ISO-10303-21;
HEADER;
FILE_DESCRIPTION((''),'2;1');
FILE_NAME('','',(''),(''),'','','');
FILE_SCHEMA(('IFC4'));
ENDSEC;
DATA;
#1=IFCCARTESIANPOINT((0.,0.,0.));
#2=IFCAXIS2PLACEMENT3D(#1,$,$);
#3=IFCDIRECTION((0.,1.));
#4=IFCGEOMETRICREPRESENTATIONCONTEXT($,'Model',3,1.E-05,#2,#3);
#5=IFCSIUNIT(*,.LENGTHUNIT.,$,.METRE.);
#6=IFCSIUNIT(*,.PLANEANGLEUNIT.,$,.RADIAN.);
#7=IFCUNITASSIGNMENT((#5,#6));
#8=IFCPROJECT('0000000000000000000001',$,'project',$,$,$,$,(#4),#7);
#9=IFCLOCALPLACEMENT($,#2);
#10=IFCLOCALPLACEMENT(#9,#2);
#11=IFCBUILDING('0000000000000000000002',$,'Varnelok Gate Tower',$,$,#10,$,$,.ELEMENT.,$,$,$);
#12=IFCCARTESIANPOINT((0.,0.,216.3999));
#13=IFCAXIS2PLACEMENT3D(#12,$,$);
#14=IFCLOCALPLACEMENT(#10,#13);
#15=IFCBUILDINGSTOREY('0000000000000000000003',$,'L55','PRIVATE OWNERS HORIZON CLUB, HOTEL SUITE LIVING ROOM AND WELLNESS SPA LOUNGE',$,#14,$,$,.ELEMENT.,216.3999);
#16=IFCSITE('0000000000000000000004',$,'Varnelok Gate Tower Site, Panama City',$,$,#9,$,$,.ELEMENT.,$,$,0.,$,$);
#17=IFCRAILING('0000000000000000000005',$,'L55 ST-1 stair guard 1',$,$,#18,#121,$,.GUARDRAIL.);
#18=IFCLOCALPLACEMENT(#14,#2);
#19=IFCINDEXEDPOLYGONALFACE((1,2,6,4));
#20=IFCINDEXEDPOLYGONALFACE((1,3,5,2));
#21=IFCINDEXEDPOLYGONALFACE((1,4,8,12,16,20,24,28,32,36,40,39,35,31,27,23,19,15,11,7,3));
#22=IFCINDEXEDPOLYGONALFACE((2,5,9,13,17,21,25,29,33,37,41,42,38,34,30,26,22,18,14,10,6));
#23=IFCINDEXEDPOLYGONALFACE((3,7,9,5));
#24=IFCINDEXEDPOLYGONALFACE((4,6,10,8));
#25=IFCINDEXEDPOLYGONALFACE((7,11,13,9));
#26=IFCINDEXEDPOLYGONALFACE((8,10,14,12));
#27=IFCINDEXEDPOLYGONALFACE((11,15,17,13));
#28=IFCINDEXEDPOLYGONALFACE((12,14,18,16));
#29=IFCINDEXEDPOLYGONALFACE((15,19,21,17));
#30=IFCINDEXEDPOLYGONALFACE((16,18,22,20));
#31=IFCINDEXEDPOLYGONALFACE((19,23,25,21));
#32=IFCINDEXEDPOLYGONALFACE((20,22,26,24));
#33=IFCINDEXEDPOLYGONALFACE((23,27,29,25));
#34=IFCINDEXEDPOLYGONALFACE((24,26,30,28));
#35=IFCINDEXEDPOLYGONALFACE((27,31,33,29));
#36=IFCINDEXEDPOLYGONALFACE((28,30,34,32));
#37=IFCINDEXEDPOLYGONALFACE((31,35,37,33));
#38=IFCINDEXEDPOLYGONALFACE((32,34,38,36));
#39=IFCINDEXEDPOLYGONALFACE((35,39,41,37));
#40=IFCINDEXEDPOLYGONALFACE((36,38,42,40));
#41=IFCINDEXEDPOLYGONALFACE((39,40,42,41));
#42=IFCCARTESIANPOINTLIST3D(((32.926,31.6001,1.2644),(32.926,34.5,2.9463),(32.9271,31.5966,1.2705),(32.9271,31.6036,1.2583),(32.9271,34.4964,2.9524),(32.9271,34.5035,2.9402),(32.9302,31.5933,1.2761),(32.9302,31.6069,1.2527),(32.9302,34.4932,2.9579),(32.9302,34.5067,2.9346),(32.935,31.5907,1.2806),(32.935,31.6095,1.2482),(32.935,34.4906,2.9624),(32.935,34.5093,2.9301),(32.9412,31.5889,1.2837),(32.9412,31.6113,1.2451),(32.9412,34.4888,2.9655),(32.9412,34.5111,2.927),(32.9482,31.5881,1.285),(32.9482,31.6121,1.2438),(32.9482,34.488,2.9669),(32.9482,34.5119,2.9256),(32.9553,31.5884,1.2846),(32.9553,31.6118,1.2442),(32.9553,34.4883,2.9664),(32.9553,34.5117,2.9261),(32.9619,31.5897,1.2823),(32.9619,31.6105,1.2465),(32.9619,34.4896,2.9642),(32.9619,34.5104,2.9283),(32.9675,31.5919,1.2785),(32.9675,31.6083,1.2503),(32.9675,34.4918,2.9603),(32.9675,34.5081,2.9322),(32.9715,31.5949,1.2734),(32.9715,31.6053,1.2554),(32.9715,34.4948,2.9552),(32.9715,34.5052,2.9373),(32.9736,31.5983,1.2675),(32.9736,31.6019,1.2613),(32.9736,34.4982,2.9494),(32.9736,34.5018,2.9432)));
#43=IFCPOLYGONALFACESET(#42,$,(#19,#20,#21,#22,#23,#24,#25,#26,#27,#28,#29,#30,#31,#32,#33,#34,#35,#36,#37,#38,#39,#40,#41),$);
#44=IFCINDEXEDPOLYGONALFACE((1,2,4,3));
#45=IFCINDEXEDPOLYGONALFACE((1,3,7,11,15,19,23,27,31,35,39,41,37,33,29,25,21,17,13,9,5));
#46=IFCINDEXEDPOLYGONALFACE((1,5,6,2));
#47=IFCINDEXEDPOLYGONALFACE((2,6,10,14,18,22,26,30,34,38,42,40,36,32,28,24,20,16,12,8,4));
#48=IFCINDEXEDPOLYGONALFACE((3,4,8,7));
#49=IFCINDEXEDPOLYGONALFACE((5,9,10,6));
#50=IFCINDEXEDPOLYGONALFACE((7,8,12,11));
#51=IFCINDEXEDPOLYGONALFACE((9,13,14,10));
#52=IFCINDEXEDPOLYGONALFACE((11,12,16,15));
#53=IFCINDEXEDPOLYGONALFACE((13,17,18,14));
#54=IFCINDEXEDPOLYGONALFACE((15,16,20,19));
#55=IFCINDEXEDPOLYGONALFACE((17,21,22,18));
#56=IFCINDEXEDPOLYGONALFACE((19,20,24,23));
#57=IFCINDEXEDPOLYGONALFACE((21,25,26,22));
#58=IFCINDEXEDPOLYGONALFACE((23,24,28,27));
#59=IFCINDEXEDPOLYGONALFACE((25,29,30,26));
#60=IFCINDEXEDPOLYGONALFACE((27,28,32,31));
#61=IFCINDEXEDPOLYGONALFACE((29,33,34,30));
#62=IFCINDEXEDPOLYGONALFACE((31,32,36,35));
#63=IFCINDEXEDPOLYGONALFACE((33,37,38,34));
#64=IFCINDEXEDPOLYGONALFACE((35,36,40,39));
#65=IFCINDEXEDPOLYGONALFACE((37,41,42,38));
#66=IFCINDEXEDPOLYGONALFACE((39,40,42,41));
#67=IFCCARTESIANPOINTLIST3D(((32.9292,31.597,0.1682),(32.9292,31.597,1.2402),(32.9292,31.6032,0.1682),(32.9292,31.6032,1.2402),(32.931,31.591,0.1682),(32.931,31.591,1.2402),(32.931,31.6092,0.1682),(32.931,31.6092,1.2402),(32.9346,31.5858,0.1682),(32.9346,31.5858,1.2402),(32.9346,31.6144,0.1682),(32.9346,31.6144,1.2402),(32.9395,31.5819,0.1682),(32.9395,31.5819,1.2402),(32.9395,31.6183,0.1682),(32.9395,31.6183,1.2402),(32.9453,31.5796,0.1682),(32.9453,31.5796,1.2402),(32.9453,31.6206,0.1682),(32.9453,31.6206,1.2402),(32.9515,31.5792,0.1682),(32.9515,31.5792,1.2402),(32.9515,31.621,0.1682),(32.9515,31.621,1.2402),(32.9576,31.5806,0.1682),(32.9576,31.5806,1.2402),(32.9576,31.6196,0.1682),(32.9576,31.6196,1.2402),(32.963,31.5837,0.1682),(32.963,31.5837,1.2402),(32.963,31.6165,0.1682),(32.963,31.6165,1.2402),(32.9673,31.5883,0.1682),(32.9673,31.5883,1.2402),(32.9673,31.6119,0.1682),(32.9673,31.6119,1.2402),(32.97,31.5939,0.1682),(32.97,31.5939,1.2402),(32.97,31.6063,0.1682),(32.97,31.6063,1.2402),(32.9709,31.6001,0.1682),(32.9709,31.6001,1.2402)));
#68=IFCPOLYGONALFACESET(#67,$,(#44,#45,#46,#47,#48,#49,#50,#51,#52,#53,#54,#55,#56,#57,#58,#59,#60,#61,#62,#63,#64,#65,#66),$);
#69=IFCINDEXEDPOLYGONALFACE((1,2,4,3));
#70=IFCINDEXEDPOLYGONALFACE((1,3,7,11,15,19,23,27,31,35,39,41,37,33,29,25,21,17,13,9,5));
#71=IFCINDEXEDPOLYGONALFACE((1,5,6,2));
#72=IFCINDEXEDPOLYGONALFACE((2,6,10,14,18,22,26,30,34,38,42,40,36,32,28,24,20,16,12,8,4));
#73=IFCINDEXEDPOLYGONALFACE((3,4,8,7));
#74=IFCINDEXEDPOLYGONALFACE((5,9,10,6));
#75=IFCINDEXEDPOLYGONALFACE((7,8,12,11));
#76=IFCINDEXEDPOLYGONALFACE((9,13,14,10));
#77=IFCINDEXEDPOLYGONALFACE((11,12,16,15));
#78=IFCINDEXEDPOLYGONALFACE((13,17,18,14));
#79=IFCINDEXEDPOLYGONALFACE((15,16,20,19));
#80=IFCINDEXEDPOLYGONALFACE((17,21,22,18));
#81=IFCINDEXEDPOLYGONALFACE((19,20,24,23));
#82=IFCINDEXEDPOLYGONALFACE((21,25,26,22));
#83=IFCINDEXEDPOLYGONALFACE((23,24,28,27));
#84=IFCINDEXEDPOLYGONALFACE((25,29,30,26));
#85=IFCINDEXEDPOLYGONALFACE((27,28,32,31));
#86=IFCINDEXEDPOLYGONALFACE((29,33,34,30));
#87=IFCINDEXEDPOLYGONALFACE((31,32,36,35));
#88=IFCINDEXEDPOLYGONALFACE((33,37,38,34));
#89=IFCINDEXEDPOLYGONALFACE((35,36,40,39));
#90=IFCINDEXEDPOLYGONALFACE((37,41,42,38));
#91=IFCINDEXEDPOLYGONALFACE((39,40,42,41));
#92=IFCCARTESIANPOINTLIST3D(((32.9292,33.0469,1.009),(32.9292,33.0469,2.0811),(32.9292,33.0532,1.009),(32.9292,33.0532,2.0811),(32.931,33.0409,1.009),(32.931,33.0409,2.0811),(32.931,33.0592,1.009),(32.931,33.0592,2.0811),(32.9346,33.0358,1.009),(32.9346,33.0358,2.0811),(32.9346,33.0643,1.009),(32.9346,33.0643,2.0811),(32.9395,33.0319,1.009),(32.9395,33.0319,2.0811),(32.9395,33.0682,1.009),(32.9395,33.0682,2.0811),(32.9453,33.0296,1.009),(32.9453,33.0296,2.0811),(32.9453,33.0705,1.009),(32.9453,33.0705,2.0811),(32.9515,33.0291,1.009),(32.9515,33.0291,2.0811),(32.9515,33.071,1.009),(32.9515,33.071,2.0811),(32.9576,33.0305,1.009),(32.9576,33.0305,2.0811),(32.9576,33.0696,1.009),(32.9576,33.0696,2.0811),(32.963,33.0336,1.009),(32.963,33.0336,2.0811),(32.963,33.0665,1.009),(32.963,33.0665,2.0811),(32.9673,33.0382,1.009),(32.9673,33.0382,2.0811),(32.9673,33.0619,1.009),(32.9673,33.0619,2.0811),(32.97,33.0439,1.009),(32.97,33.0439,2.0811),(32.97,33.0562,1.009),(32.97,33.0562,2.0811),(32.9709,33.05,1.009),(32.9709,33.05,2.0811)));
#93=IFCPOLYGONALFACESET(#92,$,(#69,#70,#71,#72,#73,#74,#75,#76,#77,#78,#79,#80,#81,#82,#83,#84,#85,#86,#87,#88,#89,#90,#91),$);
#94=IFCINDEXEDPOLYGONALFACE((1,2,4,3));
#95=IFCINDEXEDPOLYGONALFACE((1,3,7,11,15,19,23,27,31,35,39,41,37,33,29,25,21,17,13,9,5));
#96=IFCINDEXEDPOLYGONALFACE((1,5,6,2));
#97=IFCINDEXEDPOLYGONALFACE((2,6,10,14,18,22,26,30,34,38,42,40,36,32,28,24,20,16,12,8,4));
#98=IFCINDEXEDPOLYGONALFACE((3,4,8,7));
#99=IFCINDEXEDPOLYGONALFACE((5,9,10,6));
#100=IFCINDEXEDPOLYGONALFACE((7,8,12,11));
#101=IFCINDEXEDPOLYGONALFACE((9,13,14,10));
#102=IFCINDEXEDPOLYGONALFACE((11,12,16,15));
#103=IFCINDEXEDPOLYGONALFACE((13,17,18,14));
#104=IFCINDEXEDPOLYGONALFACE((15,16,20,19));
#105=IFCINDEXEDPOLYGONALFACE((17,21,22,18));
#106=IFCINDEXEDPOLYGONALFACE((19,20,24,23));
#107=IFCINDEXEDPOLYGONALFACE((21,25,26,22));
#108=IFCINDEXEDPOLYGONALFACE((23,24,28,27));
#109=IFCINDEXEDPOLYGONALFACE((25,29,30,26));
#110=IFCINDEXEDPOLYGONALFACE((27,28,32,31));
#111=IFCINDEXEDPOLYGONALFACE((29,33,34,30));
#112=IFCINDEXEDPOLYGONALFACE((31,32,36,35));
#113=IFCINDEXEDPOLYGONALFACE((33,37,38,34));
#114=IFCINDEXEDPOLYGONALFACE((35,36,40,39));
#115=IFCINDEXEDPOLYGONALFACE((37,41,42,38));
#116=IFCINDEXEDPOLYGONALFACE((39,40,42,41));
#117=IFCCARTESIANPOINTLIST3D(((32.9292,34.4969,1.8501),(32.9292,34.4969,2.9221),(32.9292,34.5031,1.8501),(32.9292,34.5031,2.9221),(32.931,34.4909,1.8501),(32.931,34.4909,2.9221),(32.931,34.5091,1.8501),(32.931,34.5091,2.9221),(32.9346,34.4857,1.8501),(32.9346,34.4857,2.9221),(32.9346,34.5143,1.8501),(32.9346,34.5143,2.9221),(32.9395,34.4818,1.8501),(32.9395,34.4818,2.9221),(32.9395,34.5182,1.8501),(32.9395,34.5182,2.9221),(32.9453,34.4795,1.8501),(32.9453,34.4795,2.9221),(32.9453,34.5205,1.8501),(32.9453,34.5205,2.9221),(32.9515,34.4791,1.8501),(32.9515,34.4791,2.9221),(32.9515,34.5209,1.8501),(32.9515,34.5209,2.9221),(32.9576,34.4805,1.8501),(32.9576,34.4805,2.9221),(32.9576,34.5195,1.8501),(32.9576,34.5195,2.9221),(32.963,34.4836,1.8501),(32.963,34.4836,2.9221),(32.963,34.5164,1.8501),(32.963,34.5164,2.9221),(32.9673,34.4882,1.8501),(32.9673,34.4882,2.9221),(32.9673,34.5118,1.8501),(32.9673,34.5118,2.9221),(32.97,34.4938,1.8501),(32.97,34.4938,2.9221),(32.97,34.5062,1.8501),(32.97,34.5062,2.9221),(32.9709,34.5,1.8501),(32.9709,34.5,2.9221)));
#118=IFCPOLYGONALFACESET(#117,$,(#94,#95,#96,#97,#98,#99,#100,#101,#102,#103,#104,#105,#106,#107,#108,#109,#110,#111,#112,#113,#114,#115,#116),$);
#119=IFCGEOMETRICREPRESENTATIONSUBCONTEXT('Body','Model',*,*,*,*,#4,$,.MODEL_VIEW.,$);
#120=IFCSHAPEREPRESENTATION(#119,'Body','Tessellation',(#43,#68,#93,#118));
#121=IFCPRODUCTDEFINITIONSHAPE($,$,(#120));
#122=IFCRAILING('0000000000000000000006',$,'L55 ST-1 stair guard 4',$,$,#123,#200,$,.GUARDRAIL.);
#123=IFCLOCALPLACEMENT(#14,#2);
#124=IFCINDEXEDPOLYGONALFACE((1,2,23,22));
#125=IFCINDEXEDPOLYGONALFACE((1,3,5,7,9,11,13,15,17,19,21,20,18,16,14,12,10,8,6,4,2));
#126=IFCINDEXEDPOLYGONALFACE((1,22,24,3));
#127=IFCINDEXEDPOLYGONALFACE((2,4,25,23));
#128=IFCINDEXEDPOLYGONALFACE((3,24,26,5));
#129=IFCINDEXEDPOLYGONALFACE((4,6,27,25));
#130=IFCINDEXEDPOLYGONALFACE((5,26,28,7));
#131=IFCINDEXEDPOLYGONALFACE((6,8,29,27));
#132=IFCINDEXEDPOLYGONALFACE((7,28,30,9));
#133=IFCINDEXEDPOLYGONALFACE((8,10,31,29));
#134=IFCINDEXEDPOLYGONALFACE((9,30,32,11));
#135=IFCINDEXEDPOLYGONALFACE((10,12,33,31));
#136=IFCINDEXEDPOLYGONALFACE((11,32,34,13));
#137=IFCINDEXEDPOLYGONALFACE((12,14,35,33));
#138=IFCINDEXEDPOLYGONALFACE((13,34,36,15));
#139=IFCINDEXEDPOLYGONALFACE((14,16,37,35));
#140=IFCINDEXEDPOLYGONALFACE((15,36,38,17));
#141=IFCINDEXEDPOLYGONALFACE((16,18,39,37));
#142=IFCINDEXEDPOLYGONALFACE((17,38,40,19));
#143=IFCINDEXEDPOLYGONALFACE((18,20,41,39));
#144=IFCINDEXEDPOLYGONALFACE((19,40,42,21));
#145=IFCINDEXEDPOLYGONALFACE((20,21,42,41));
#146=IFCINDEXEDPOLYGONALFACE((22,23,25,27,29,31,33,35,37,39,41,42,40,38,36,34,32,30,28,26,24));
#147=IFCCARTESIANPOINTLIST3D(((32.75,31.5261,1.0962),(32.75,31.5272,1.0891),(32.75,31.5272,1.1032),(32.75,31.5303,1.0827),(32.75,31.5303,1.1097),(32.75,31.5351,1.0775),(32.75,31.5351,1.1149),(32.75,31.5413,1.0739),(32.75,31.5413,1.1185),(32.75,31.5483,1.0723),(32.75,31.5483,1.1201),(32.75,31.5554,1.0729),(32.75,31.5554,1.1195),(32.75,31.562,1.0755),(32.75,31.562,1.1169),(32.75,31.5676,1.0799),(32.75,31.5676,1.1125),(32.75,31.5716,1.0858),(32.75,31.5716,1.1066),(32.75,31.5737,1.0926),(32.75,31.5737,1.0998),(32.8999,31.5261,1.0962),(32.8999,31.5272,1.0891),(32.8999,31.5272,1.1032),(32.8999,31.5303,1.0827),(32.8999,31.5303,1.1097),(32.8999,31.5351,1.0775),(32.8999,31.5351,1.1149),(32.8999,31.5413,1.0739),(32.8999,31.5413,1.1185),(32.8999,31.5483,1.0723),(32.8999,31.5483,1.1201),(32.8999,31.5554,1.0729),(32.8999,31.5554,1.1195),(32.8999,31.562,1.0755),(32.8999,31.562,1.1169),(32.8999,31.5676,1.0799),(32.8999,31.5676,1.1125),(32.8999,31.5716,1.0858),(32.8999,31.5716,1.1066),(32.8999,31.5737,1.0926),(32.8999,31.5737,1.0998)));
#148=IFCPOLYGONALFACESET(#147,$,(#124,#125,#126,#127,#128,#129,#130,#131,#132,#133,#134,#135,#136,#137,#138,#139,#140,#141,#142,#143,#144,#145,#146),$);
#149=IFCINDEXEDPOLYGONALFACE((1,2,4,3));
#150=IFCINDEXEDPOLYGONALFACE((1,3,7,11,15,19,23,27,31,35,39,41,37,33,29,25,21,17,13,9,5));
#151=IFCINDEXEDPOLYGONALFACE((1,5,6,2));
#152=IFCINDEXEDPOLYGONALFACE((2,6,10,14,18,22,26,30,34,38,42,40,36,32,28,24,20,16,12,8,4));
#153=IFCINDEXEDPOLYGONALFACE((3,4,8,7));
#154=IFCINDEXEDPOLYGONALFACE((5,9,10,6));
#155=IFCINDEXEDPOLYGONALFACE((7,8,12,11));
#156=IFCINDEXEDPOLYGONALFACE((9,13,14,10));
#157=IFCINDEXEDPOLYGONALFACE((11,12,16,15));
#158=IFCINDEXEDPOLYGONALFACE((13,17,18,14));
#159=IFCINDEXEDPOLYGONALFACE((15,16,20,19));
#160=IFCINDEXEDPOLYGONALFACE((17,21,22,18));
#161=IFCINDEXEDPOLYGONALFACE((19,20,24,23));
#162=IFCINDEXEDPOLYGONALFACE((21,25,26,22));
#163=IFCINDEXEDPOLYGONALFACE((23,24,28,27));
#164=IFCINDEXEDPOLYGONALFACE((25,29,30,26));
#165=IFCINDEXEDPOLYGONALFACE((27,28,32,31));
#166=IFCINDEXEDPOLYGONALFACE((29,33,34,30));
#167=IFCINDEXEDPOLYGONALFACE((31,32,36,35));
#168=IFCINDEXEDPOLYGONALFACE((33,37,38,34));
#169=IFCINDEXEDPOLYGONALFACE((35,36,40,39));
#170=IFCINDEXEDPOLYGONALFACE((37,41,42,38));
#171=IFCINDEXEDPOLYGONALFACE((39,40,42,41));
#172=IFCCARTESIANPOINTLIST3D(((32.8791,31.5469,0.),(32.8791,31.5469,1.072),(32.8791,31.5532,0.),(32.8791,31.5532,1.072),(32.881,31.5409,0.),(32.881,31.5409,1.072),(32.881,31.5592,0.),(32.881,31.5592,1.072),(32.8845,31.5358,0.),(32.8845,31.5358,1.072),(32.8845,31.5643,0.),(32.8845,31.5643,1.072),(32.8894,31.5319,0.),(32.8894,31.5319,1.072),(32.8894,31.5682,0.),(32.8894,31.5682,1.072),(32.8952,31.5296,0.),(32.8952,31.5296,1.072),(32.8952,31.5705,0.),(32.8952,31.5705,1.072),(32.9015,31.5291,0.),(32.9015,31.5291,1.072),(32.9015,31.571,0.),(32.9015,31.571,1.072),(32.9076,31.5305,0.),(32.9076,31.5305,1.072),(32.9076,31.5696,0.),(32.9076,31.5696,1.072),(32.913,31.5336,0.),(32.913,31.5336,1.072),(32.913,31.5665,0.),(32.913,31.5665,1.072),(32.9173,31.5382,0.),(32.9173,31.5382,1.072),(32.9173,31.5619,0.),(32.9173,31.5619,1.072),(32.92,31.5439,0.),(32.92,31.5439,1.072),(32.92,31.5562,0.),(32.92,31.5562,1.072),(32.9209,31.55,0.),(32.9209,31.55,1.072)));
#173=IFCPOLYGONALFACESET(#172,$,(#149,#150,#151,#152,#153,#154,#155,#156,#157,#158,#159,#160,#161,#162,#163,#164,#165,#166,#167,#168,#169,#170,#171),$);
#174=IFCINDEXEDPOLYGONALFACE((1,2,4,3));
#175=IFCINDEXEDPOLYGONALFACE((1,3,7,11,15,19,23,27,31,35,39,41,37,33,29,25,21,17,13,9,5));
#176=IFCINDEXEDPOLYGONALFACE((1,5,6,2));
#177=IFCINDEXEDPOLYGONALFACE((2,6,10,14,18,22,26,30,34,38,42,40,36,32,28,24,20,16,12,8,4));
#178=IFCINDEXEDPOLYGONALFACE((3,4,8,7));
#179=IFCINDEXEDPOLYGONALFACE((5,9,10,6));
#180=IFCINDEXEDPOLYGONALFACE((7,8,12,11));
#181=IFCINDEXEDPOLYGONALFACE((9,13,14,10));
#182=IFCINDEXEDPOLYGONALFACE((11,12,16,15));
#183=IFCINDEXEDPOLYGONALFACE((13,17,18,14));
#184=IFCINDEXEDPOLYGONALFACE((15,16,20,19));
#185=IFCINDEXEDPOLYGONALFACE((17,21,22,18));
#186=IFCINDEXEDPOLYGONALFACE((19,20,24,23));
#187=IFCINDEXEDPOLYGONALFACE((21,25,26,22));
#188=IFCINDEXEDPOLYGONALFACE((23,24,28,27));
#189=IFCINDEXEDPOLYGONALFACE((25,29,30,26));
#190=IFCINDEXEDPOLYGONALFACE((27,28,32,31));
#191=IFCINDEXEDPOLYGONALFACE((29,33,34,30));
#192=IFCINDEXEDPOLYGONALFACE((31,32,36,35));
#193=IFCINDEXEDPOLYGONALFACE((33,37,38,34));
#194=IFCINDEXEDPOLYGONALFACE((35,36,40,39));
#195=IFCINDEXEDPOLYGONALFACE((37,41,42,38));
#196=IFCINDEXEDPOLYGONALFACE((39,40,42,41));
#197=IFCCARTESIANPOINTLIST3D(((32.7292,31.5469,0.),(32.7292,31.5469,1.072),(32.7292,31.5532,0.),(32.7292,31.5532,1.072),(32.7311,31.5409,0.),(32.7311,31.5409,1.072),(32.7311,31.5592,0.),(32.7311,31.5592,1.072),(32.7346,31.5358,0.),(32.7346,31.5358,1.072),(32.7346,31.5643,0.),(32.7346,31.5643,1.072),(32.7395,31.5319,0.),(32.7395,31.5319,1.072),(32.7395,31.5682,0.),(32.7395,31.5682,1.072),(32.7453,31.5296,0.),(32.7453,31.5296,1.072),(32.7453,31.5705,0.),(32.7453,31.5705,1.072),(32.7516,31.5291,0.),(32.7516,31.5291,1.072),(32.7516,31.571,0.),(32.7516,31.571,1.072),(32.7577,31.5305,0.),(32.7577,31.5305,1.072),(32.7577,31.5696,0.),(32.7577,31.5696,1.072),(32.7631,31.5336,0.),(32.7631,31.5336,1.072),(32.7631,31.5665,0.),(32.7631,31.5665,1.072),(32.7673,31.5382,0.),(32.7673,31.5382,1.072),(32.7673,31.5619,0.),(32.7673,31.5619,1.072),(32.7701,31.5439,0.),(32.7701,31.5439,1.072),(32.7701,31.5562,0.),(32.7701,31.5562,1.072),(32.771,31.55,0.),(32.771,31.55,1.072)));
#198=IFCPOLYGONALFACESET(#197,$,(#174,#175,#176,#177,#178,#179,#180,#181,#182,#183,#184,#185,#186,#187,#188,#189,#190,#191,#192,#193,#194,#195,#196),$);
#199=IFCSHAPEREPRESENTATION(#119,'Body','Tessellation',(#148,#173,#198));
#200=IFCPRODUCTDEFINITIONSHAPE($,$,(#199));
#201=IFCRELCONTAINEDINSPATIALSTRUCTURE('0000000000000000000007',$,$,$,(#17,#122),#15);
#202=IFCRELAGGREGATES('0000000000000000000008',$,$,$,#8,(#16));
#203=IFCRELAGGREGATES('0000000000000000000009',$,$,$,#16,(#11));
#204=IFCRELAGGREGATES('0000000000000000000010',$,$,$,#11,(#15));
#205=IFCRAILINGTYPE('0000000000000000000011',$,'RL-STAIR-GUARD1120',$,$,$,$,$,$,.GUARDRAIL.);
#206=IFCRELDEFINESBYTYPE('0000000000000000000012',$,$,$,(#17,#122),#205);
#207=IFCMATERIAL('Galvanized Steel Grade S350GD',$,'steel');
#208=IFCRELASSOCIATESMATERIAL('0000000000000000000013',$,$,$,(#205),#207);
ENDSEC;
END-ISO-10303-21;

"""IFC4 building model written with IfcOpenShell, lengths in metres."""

from ifc_helpers import new_model, si_unit, direction, frame, origin, origin_2d, place, context, subcontext, project, spatial, circle, extrude, material, type_object, element, save


model = new_model("IFC4")

# Units and contexts
model_context = context("Model", 3, precision=1e-05, world=origin(), true_north=direction((0.0, 1.0)))
body_context = subcontext(model_context, "Body", "Model", "MODEL_VIEW")
ifc_project = project(units=[si_unit("LENGTHUNIT", "METRE"), si_unit("PLANEANGLEUNIT", "RADIAN")], contexts=[model_context])

# Site, building, storey
site_placement = place(None, origin())
site = spatial("IfcSite", under=ifc_project, at=site_placement, Name="Varnelok Gate Tower Site, Panama City", CompositionType="ELEMENT", RefElevation=0.0)
building_placement = place(site_placement, origin())
building = spatial("IfcBuilding", under=site, at=building_placement, Name="Varnelok Gate Tower", CompositionType="ELEMENT")
storey_placement = place(building_placement, frame((0.0, 0.0, 216.3999)))
storey = spatial("IfcBuildingStorey", under=building, at=storey_placement, Name="L55", Description="PRIVATE OWNERS HORIZON CLUB, HOTEL SUITE LIVING ROOM AND WELLNESS SPA LOUNGE", CompositionType="ELEMENT", Elevation=216.3999)

# Shared definitions
ifc_material_1 = material(Name="Galvanized Steel Grade S350GD", Category="steel")

# Railings
railing_type_1 = type_object("IfcRailingType", Name="RL-STAIR-GUARD1120", PredefinedType="GUARDRAIL", material=ifc_material_1)
railing_1_placement = place(storey_placement, frame((32.95, 31.6001, 0.1682)))
element("IfcRailing", 1, at=railing_1_placement, inside=storey, type_object=railing_type_1, Name="L55 ST-1 stair guard 1", PredefinedType="GUARDRAIL", context=body_context, shape_type="SweptSolid", body=[
    extrude(circle(Radius=0.0239, at=origin_2d()), frame((0.0, 0.0, 1.0962), z_axis=(0.0, 0.865039, 0.501705), x_axis=(-1.0, 0.0, 0.0)), (0.0, 0.0, 1.0), 3.3523),
    extrude(circle(Radius=0.021, at=origin_2d()), origin(), (0.0, 0.0, 1.0), 1.072),
    extrude(circle(Radius=0.021, at=origin_2d()), frame((0.0, 1.45, 0.8408)), (0.0, 0.0, 1.0), 1.072),
    extrude(circle(Radius=0.021, at=origin_2d()), frame((0.0, 2.8999, 1.6819)), (0.0, 0.0, 1.0), 1.072),
])
railing_2_placement = place(storey_placement, frame((32.8999, 31.55, 0.0)))
element("IfcRailing", 2, at=railing_2_placement, inside=storey, type_object=railing_type_1, Name="L55 ST-1 stair guard 4", PredefinedType="GUARDRAIL", context=body_context, shape_type="SweptSolid", body=[
    extrude(circle(Radius=0.0239, at=origin_2d()), frame((0.0, 0.0, 1.0962), z_axis=(-1.0, 0.0, 0.0), x_axis=(0.0, -1.0, 0.0)), (0.0, 0.0, 1.0), 0.1499),
    extrude(circle(Radius=0.021, at=origin_2d()), origin(), (0.0, 0.0, 1.0), 1.072),
    extrude(circle(Radius=0.021, at=origin_2d()), frame((-0.1499, 0.0, 0.0)), (0.0, 0.0, 1.0), 1.072),
])

save(model, "model.ifc")
